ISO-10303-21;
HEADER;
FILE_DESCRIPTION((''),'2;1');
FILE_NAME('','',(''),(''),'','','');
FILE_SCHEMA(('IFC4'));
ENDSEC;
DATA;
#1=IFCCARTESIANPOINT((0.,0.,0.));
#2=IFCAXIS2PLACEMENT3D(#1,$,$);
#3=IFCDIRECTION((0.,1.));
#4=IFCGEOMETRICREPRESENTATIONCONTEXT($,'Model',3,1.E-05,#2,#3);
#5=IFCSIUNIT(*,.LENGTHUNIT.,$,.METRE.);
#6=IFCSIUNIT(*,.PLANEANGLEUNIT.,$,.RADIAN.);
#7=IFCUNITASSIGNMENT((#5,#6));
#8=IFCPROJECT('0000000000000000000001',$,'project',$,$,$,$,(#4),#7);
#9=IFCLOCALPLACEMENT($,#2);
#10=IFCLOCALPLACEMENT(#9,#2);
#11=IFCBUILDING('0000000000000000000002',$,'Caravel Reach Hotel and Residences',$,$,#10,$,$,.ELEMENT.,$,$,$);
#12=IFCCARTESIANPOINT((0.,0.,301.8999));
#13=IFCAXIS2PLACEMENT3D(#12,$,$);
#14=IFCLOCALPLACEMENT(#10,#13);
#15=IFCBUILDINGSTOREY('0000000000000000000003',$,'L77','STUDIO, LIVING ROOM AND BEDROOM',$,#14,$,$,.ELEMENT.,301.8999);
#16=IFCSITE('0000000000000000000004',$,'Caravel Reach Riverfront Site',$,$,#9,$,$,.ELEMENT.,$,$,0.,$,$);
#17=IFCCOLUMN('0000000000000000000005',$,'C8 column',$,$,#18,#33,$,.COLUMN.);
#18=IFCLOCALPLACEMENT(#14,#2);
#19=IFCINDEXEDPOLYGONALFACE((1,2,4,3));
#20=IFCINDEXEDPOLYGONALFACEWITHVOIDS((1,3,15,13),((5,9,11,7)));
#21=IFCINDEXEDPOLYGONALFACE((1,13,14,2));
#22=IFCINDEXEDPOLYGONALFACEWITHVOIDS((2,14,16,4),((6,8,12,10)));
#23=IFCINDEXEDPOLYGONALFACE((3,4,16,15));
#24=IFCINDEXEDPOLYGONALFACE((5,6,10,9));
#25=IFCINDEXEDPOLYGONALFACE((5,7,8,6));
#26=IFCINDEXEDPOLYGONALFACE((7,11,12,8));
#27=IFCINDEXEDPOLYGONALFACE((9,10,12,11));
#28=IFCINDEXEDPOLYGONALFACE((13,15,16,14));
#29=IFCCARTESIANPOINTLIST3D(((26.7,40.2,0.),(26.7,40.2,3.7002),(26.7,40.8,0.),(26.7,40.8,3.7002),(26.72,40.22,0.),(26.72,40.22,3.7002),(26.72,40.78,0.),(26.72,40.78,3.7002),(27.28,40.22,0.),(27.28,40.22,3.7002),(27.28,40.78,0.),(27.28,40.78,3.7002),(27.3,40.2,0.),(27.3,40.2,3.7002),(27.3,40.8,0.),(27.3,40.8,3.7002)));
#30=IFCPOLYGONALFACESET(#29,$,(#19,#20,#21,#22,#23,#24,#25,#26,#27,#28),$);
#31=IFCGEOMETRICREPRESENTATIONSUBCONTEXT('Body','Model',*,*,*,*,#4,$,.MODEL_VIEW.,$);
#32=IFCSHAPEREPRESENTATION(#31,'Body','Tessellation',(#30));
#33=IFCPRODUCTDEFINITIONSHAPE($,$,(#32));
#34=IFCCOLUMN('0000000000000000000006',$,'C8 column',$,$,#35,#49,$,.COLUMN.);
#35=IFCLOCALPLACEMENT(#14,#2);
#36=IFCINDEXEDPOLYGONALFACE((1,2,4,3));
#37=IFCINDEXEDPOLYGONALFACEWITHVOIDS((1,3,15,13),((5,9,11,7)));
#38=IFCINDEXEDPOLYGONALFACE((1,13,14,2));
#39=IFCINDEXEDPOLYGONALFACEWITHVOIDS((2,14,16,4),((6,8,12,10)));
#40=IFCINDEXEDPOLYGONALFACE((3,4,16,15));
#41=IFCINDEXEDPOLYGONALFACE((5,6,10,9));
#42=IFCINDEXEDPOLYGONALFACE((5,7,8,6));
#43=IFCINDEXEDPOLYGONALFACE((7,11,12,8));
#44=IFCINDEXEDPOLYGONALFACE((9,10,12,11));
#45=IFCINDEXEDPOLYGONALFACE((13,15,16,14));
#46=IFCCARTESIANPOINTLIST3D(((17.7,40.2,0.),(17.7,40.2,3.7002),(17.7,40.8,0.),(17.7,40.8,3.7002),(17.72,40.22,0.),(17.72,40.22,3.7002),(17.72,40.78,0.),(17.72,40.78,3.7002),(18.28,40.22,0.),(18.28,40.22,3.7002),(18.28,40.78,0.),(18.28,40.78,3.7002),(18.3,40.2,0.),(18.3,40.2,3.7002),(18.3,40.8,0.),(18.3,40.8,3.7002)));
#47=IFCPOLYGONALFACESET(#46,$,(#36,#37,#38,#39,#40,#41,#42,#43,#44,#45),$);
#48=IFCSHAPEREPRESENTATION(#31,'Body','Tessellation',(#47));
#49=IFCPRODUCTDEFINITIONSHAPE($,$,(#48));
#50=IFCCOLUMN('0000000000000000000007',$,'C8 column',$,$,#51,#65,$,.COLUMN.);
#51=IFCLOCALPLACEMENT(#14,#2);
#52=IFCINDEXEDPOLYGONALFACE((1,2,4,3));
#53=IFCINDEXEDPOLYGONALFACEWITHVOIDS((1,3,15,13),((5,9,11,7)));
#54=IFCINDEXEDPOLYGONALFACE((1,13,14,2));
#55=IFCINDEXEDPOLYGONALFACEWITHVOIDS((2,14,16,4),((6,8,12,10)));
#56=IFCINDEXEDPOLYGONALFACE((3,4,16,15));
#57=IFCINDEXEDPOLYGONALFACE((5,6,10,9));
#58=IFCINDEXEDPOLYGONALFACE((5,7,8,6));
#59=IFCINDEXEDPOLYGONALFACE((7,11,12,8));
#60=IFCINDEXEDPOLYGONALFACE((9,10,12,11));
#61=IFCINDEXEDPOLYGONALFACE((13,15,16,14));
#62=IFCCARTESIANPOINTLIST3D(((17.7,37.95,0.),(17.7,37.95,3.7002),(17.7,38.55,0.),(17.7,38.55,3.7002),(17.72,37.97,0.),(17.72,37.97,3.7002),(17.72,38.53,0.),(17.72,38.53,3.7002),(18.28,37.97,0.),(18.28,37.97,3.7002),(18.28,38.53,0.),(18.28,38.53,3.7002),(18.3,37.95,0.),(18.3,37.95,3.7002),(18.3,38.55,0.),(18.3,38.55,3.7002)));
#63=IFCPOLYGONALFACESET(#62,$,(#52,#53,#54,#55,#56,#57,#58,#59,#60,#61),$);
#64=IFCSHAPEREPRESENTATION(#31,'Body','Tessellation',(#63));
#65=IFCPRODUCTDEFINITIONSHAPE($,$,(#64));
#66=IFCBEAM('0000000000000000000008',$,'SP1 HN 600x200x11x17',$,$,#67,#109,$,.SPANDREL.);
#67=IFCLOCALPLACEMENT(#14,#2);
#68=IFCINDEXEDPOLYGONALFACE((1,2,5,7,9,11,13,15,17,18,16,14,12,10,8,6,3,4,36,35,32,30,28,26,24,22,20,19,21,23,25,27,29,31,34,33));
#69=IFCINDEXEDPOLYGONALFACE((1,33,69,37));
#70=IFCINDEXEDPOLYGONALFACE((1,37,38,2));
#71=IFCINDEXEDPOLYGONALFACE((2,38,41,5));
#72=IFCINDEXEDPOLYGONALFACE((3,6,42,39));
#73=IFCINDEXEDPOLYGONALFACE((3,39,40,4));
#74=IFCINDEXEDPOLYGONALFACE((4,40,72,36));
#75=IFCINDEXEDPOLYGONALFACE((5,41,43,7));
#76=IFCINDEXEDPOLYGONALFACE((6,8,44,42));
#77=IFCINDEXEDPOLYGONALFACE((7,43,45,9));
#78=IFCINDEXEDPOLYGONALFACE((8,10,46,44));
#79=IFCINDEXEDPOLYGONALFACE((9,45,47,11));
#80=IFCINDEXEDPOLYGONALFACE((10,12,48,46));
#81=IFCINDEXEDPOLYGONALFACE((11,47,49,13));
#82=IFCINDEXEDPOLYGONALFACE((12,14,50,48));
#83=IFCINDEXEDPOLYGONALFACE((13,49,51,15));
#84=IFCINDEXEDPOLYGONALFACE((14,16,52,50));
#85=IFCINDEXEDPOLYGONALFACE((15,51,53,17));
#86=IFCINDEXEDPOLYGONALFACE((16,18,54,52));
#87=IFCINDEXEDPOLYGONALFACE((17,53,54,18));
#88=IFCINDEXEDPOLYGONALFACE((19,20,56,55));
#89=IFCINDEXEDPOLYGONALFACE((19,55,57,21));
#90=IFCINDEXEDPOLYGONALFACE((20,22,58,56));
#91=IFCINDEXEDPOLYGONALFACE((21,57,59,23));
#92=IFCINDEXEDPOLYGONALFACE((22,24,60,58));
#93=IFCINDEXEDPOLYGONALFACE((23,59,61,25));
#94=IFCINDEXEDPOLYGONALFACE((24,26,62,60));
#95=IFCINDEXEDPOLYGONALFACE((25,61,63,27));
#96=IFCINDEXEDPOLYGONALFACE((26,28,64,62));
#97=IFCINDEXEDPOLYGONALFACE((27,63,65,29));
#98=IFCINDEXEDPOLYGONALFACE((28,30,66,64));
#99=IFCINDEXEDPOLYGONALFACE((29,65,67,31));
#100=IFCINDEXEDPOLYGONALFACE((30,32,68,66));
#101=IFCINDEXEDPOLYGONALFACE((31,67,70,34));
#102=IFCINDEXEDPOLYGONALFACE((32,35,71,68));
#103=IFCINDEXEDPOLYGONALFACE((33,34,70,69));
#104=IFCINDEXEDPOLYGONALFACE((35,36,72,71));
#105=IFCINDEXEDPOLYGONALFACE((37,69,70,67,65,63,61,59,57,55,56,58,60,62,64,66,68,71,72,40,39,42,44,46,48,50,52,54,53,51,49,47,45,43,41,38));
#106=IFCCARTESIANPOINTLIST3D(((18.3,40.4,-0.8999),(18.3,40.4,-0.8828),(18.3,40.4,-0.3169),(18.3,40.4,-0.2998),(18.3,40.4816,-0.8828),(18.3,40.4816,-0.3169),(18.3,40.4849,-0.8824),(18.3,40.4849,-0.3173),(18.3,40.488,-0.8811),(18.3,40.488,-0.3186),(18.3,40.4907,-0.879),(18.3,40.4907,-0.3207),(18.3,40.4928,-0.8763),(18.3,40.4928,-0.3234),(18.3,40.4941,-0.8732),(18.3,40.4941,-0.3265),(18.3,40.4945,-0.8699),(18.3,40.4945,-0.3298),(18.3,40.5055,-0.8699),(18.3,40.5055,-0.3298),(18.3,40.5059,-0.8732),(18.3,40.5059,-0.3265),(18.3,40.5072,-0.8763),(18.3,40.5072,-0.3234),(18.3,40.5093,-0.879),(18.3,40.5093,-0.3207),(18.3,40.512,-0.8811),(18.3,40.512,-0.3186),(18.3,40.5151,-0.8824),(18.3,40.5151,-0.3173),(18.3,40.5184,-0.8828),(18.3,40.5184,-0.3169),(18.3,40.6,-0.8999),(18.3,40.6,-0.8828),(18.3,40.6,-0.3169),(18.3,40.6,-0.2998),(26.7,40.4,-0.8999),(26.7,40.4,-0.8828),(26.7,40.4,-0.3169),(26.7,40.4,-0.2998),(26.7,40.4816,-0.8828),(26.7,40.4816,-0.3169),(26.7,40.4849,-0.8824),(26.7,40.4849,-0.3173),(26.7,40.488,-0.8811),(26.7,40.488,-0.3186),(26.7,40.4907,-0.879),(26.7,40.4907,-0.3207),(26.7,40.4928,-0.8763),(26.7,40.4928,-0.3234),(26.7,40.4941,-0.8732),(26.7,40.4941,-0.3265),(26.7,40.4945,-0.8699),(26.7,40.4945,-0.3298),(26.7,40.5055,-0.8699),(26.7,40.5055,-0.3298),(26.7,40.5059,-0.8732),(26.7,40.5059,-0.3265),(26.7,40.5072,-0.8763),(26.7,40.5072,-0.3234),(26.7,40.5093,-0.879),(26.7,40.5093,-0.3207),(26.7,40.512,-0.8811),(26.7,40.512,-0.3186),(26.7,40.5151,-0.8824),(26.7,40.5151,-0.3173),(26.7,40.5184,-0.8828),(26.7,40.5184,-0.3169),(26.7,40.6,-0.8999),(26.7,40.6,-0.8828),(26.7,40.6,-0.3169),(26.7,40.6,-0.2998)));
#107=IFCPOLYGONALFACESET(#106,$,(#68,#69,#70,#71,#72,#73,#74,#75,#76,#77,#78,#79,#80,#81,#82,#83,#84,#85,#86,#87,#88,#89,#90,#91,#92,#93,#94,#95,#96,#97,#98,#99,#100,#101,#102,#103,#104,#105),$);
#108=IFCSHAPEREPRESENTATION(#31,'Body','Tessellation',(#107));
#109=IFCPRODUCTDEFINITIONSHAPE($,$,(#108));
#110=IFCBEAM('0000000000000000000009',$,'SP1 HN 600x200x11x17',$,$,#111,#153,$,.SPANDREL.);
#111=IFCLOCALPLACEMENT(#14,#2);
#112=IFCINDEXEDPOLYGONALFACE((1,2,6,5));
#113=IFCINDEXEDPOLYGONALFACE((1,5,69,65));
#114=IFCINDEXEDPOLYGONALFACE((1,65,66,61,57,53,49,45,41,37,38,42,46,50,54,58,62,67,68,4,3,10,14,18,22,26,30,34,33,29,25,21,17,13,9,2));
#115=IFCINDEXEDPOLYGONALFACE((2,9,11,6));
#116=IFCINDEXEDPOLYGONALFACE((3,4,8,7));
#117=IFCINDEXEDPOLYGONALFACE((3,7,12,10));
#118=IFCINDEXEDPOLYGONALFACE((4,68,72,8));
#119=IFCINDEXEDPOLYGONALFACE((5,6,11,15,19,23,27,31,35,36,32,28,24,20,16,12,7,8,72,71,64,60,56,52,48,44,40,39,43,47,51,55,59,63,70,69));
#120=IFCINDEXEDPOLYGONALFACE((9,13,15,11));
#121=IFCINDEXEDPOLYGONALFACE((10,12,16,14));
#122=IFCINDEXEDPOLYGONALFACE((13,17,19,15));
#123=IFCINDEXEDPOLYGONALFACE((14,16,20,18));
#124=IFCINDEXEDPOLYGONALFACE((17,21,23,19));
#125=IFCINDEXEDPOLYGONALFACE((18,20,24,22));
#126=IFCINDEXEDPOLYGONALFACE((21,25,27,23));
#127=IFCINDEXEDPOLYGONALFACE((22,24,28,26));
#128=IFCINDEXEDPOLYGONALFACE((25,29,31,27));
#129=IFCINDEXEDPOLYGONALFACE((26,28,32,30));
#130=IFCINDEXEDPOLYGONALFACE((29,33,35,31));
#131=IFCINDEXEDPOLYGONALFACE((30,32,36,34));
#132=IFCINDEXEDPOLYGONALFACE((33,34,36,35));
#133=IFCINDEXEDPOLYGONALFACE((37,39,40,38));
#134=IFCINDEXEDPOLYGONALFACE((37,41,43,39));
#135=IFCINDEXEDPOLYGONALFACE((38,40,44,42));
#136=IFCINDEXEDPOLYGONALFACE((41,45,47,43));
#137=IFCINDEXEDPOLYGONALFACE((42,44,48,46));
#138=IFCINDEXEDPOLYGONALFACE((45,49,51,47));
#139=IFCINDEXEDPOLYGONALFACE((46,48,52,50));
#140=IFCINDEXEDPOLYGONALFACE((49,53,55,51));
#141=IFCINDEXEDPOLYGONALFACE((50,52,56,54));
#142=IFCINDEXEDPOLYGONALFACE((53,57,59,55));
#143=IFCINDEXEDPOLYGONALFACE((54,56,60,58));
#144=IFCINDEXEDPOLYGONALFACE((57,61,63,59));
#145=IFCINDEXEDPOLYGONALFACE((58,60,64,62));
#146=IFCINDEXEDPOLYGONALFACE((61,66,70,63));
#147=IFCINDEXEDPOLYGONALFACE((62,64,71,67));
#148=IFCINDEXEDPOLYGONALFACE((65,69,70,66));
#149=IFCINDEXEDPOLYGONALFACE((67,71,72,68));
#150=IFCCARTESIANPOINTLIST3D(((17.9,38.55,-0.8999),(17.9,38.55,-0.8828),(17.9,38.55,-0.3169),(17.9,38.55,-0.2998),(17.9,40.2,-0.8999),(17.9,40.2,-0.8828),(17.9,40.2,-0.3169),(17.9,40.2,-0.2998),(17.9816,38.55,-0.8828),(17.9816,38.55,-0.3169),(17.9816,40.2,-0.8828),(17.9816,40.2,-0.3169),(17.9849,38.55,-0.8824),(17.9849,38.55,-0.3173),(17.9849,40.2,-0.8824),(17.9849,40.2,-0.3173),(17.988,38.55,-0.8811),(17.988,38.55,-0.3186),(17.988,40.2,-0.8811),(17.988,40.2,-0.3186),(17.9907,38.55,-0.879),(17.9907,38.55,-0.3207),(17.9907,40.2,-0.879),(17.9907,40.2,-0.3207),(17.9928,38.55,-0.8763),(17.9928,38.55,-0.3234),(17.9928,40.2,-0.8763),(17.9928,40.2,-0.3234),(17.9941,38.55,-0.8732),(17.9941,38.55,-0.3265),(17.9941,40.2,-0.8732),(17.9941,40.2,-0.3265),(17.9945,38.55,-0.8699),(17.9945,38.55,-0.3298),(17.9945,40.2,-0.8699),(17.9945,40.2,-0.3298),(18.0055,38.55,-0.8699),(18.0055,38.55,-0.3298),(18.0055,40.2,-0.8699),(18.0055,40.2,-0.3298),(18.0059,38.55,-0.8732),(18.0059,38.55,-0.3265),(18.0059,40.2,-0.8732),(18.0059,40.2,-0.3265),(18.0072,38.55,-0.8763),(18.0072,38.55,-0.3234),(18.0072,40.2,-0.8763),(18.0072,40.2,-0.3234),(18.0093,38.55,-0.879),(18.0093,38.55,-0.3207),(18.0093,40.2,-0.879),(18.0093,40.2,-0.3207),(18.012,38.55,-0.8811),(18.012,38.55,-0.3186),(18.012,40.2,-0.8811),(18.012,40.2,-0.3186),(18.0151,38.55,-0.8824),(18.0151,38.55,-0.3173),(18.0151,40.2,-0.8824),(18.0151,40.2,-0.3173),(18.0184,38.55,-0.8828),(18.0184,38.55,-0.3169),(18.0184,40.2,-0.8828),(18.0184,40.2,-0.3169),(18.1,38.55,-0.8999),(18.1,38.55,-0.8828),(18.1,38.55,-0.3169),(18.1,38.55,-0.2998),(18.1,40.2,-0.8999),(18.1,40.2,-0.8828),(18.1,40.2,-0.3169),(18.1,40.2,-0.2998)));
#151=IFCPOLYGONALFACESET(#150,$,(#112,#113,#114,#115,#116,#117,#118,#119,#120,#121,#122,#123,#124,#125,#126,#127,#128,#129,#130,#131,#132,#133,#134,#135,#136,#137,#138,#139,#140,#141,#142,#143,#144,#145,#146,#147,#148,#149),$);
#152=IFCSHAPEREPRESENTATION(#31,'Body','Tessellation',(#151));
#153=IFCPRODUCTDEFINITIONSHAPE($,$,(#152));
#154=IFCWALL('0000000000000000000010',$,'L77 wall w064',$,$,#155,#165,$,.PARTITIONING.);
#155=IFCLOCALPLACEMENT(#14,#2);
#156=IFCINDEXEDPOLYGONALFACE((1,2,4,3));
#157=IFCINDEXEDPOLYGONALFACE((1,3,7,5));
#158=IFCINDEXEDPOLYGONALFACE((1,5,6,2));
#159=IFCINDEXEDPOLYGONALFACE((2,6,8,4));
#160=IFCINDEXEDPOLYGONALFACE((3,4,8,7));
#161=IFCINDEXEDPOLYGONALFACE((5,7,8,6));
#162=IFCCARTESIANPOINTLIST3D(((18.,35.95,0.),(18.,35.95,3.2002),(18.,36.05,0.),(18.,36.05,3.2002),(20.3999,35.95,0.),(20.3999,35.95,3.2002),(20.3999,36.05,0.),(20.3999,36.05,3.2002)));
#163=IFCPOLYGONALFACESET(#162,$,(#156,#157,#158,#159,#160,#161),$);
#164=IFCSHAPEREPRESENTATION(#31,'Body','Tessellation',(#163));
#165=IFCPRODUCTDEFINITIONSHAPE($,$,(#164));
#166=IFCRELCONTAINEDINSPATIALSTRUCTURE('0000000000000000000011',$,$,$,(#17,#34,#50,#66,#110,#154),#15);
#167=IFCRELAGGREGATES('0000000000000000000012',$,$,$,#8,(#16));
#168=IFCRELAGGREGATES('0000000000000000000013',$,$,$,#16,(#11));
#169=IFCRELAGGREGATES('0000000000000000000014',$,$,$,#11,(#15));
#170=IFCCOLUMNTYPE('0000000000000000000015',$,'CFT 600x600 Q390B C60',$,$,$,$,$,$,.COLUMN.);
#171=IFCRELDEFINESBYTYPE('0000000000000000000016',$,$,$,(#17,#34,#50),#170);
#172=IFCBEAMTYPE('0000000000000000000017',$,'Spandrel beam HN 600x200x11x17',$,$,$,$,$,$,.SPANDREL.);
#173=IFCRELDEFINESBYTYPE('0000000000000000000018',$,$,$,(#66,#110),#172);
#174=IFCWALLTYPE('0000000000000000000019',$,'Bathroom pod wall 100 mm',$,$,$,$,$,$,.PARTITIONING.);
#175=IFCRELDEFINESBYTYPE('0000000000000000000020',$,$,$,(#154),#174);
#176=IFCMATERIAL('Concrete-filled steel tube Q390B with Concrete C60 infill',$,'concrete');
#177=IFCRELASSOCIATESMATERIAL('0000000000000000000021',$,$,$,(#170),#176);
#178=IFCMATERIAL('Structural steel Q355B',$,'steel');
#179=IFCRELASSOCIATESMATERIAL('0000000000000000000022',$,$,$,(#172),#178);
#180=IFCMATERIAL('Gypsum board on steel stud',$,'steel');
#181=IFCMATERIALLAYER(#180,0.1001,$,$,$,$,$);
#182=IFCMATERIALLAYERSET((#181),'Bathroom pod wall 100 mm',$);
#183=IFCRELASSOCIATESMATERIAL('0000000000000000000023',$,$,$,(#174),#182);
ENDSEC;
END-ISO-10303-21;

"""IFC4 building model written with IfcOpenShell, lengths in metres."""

from ifc_helpers import new_model, si_unit, direction, frame, frame_2d, origin, origin_2d, place, context, subcontext, project, spatial, rectangle, hollow_rectangle, i_section, extrude, material, layer, layer_set, material_profile, profile_set, type_object, element, save


model = new_model("IFC4")

# Units and contexts
model_context = context("Model", 3, precision=1e-05, world=origin(), true_north=direction((0.0, 1.0)))
body_context = subcontext(model_context, "Body", "Model", "MODEL_VIEW")
ifc_project = project(units=[si_unit("LENGTHUNIT", "METRE"), si_unit("PLANEANGLEUNIT", "RADIAN")], contexts=[model_context])

# Site, building, storey
site_placement = place(None, origin())
site = spatial("IfcSite", under=ifc_project, at=site_placement, Name="Caravel Reach Riverfront Site", CompositionType="ELEMENT", RefElevation=0.0)
building_placement = place(site_placement, origin())
building = spatial("IfcBuilding", under=site, at=building_placement, Name="Caravel Reach Hotel and Residences", CompositionType="ELEMENT")
storey_placement = place(building_placement, frame((0.0, 0.0, 301.8999)))
storey = spatial("IfcBuildingStorey", under=building, at=storey_placement, Name="L77", Description="STUDIO, LIVING ROOM AND BEDROOM", CompositionType="ELEMENT", Elevation=301.8999)

# Columns
ifc_material_1 = material(Name="Concrete-filled steel tube Q390B with Concrete C60 infill", Category="concrete")
ifc_material_profile_1 = material_profile(ifc_material_1, hollow_rectangle(XDim=0.6001, YDim=0.6001, WallThickness=0.02, at=origin_2d()), Name="RHS 600x600x20")
ifc_profile_set_1 = profile_set([ifc_material_profile_1], Name="Concrete-filled steel tube Q390B with Concrete C60 infill")
column_type = type_object("IfcColumnType", Name="CFT 600x600 Q390B C60", PredefinedType="COLUMN", material=ifc_profile_set_1)
for number, where, z_axis, x_axis, name in (
    (1, (27.0, 40.5, 0.0), (0.0, 0.0, 1.0), (1.0, 0.0, 0.0), "C8 column"),
    (2, (18.0, 40.5, 0.0), (0.0, 0.0, 1.0), (1.0, 0.0, 0.0), "C8 column"),
    (3, (18.0, 38.25, 0.0), (0.0, 0.0, 1.0), (1.0, 0.0, 0.0), "C8 column"),
):
    element("IfcColumn", number, at=place(storey_placement, frame(where, z_axis=z_axis, x_axis=x_axis)), inside=storey, type_object=column_type, Name=name, PredefinedType="COLUMN", context=body_context, shape_type="SweptSolid", body=[
        extrude(hollow_rectangle(XDim=0.6001, YDim=0.6001, WallThickness=0.02, at=origin_2d()), origin(), (0.0, 0.0, 1.0), 3.7002),
    ])

# Beams
ifc_material_2 = material(Name="Structural steel Q355B", Category="steel")
ifc_material_profile_2 = material_profile(ifc_material_2, i_section(OverallWidth=0.2, OverallDepth=0.6001, WebThickness=0.011, FlangeThickness=0.0171, FilletRadius=0.0129, at=origin_2d()), Name="HN 600x200x11x17")
ifc_profile_set_2 = profile_set([ifc_material_profile_2], Name="Structural steel Q355B")
beam_type = type_object("IfcBeamType", Name="Spandrel beam HN 600x200x11x17", PredefinedType="SPANDREL", material=ifc_profile_set_2)
beam_1_placement = place(storey_placement, frame((26.7, 40.5, -0.5999), z_axis=(-1.0, 0.0, 0.0), x_axis=(0.0, -1.0, 0.0)))
element("IfcBeam", 4, at=beam_1_placement, inside=storey, type_object=beam_type, Name="SP1 HN 600x200x11x17", PredefinedType="SPANDREL", context=body_context, shape_type="SweptSolid", body=[
    extrude(i_section(OverallWidth=0.2, OverallDepth=0.6001, WebThickness=0.011, FlangeThickness=0.0171, FilletRadius=0.0129, at=origin_2d()), origin(), (0.0, 0.0, 1.0), 8.3999),
])
beam_2_placement = place(storey_placement, frame((18.0, 40.2, -0.5999), z_axis=(0.0, -1.0, 0.0), x_axis=(1.0, 0.0, 0.0)))
element("IfcBeam", 5, at=beam_2_placement, inside=storey, type_object=beam_type, Name="SP1 HN 600x200x11x17", PredefinedType="SPANDREL", context=body_context, shape_type="SweptSolid", body=[
    extrude(i_section(OverallWidth=0.2, OverallDepth=0.6001, WebThickness=0.011, FlangeThickness=0.0171, FilletRadius=0.0129, at=origin_2d()), origin(), (0.0, 0.0, 1.0), 1.6499),
])

# Wall
ifc_material_3 = material(Name="Gypsum board on steel stud", Category="steel")
ifc_layer_1 = layer(ifc_material_3, 0.1001)
ifc_layer_set_1 = layer_set([ifc_layer_1], Name="Bathroom pod wall 100 mm")
wall_type_1 = type_object("IfcWallType", Name="Bathroom pod wall 100 mm", PredefinedType="PARTITIONING", material=ifc_layer_set_1)
wall_1_placement = place(storey_placement, frame((18.0, 36.0, 0.0), z_axis=(0.0, 0.0, 1.0), x_axis=(1.0, 0.0, 0.0)))
element("IfcWall", 6, at=wall_1_placement, inside=storey, type_object=wall_type_1, Name="L77 wall w064", PredefinedType="PARTITIONING", context=body_context, shape_type="SweptSolid", body=[
    extrude(rectangle(XDim=2.3999, YDim=0.1001, at=frame_2d((1.2, 0.0))), origin(), (0.0, 0.0, 1.0), 3.2002),
])

save(model, "model.ifc")
